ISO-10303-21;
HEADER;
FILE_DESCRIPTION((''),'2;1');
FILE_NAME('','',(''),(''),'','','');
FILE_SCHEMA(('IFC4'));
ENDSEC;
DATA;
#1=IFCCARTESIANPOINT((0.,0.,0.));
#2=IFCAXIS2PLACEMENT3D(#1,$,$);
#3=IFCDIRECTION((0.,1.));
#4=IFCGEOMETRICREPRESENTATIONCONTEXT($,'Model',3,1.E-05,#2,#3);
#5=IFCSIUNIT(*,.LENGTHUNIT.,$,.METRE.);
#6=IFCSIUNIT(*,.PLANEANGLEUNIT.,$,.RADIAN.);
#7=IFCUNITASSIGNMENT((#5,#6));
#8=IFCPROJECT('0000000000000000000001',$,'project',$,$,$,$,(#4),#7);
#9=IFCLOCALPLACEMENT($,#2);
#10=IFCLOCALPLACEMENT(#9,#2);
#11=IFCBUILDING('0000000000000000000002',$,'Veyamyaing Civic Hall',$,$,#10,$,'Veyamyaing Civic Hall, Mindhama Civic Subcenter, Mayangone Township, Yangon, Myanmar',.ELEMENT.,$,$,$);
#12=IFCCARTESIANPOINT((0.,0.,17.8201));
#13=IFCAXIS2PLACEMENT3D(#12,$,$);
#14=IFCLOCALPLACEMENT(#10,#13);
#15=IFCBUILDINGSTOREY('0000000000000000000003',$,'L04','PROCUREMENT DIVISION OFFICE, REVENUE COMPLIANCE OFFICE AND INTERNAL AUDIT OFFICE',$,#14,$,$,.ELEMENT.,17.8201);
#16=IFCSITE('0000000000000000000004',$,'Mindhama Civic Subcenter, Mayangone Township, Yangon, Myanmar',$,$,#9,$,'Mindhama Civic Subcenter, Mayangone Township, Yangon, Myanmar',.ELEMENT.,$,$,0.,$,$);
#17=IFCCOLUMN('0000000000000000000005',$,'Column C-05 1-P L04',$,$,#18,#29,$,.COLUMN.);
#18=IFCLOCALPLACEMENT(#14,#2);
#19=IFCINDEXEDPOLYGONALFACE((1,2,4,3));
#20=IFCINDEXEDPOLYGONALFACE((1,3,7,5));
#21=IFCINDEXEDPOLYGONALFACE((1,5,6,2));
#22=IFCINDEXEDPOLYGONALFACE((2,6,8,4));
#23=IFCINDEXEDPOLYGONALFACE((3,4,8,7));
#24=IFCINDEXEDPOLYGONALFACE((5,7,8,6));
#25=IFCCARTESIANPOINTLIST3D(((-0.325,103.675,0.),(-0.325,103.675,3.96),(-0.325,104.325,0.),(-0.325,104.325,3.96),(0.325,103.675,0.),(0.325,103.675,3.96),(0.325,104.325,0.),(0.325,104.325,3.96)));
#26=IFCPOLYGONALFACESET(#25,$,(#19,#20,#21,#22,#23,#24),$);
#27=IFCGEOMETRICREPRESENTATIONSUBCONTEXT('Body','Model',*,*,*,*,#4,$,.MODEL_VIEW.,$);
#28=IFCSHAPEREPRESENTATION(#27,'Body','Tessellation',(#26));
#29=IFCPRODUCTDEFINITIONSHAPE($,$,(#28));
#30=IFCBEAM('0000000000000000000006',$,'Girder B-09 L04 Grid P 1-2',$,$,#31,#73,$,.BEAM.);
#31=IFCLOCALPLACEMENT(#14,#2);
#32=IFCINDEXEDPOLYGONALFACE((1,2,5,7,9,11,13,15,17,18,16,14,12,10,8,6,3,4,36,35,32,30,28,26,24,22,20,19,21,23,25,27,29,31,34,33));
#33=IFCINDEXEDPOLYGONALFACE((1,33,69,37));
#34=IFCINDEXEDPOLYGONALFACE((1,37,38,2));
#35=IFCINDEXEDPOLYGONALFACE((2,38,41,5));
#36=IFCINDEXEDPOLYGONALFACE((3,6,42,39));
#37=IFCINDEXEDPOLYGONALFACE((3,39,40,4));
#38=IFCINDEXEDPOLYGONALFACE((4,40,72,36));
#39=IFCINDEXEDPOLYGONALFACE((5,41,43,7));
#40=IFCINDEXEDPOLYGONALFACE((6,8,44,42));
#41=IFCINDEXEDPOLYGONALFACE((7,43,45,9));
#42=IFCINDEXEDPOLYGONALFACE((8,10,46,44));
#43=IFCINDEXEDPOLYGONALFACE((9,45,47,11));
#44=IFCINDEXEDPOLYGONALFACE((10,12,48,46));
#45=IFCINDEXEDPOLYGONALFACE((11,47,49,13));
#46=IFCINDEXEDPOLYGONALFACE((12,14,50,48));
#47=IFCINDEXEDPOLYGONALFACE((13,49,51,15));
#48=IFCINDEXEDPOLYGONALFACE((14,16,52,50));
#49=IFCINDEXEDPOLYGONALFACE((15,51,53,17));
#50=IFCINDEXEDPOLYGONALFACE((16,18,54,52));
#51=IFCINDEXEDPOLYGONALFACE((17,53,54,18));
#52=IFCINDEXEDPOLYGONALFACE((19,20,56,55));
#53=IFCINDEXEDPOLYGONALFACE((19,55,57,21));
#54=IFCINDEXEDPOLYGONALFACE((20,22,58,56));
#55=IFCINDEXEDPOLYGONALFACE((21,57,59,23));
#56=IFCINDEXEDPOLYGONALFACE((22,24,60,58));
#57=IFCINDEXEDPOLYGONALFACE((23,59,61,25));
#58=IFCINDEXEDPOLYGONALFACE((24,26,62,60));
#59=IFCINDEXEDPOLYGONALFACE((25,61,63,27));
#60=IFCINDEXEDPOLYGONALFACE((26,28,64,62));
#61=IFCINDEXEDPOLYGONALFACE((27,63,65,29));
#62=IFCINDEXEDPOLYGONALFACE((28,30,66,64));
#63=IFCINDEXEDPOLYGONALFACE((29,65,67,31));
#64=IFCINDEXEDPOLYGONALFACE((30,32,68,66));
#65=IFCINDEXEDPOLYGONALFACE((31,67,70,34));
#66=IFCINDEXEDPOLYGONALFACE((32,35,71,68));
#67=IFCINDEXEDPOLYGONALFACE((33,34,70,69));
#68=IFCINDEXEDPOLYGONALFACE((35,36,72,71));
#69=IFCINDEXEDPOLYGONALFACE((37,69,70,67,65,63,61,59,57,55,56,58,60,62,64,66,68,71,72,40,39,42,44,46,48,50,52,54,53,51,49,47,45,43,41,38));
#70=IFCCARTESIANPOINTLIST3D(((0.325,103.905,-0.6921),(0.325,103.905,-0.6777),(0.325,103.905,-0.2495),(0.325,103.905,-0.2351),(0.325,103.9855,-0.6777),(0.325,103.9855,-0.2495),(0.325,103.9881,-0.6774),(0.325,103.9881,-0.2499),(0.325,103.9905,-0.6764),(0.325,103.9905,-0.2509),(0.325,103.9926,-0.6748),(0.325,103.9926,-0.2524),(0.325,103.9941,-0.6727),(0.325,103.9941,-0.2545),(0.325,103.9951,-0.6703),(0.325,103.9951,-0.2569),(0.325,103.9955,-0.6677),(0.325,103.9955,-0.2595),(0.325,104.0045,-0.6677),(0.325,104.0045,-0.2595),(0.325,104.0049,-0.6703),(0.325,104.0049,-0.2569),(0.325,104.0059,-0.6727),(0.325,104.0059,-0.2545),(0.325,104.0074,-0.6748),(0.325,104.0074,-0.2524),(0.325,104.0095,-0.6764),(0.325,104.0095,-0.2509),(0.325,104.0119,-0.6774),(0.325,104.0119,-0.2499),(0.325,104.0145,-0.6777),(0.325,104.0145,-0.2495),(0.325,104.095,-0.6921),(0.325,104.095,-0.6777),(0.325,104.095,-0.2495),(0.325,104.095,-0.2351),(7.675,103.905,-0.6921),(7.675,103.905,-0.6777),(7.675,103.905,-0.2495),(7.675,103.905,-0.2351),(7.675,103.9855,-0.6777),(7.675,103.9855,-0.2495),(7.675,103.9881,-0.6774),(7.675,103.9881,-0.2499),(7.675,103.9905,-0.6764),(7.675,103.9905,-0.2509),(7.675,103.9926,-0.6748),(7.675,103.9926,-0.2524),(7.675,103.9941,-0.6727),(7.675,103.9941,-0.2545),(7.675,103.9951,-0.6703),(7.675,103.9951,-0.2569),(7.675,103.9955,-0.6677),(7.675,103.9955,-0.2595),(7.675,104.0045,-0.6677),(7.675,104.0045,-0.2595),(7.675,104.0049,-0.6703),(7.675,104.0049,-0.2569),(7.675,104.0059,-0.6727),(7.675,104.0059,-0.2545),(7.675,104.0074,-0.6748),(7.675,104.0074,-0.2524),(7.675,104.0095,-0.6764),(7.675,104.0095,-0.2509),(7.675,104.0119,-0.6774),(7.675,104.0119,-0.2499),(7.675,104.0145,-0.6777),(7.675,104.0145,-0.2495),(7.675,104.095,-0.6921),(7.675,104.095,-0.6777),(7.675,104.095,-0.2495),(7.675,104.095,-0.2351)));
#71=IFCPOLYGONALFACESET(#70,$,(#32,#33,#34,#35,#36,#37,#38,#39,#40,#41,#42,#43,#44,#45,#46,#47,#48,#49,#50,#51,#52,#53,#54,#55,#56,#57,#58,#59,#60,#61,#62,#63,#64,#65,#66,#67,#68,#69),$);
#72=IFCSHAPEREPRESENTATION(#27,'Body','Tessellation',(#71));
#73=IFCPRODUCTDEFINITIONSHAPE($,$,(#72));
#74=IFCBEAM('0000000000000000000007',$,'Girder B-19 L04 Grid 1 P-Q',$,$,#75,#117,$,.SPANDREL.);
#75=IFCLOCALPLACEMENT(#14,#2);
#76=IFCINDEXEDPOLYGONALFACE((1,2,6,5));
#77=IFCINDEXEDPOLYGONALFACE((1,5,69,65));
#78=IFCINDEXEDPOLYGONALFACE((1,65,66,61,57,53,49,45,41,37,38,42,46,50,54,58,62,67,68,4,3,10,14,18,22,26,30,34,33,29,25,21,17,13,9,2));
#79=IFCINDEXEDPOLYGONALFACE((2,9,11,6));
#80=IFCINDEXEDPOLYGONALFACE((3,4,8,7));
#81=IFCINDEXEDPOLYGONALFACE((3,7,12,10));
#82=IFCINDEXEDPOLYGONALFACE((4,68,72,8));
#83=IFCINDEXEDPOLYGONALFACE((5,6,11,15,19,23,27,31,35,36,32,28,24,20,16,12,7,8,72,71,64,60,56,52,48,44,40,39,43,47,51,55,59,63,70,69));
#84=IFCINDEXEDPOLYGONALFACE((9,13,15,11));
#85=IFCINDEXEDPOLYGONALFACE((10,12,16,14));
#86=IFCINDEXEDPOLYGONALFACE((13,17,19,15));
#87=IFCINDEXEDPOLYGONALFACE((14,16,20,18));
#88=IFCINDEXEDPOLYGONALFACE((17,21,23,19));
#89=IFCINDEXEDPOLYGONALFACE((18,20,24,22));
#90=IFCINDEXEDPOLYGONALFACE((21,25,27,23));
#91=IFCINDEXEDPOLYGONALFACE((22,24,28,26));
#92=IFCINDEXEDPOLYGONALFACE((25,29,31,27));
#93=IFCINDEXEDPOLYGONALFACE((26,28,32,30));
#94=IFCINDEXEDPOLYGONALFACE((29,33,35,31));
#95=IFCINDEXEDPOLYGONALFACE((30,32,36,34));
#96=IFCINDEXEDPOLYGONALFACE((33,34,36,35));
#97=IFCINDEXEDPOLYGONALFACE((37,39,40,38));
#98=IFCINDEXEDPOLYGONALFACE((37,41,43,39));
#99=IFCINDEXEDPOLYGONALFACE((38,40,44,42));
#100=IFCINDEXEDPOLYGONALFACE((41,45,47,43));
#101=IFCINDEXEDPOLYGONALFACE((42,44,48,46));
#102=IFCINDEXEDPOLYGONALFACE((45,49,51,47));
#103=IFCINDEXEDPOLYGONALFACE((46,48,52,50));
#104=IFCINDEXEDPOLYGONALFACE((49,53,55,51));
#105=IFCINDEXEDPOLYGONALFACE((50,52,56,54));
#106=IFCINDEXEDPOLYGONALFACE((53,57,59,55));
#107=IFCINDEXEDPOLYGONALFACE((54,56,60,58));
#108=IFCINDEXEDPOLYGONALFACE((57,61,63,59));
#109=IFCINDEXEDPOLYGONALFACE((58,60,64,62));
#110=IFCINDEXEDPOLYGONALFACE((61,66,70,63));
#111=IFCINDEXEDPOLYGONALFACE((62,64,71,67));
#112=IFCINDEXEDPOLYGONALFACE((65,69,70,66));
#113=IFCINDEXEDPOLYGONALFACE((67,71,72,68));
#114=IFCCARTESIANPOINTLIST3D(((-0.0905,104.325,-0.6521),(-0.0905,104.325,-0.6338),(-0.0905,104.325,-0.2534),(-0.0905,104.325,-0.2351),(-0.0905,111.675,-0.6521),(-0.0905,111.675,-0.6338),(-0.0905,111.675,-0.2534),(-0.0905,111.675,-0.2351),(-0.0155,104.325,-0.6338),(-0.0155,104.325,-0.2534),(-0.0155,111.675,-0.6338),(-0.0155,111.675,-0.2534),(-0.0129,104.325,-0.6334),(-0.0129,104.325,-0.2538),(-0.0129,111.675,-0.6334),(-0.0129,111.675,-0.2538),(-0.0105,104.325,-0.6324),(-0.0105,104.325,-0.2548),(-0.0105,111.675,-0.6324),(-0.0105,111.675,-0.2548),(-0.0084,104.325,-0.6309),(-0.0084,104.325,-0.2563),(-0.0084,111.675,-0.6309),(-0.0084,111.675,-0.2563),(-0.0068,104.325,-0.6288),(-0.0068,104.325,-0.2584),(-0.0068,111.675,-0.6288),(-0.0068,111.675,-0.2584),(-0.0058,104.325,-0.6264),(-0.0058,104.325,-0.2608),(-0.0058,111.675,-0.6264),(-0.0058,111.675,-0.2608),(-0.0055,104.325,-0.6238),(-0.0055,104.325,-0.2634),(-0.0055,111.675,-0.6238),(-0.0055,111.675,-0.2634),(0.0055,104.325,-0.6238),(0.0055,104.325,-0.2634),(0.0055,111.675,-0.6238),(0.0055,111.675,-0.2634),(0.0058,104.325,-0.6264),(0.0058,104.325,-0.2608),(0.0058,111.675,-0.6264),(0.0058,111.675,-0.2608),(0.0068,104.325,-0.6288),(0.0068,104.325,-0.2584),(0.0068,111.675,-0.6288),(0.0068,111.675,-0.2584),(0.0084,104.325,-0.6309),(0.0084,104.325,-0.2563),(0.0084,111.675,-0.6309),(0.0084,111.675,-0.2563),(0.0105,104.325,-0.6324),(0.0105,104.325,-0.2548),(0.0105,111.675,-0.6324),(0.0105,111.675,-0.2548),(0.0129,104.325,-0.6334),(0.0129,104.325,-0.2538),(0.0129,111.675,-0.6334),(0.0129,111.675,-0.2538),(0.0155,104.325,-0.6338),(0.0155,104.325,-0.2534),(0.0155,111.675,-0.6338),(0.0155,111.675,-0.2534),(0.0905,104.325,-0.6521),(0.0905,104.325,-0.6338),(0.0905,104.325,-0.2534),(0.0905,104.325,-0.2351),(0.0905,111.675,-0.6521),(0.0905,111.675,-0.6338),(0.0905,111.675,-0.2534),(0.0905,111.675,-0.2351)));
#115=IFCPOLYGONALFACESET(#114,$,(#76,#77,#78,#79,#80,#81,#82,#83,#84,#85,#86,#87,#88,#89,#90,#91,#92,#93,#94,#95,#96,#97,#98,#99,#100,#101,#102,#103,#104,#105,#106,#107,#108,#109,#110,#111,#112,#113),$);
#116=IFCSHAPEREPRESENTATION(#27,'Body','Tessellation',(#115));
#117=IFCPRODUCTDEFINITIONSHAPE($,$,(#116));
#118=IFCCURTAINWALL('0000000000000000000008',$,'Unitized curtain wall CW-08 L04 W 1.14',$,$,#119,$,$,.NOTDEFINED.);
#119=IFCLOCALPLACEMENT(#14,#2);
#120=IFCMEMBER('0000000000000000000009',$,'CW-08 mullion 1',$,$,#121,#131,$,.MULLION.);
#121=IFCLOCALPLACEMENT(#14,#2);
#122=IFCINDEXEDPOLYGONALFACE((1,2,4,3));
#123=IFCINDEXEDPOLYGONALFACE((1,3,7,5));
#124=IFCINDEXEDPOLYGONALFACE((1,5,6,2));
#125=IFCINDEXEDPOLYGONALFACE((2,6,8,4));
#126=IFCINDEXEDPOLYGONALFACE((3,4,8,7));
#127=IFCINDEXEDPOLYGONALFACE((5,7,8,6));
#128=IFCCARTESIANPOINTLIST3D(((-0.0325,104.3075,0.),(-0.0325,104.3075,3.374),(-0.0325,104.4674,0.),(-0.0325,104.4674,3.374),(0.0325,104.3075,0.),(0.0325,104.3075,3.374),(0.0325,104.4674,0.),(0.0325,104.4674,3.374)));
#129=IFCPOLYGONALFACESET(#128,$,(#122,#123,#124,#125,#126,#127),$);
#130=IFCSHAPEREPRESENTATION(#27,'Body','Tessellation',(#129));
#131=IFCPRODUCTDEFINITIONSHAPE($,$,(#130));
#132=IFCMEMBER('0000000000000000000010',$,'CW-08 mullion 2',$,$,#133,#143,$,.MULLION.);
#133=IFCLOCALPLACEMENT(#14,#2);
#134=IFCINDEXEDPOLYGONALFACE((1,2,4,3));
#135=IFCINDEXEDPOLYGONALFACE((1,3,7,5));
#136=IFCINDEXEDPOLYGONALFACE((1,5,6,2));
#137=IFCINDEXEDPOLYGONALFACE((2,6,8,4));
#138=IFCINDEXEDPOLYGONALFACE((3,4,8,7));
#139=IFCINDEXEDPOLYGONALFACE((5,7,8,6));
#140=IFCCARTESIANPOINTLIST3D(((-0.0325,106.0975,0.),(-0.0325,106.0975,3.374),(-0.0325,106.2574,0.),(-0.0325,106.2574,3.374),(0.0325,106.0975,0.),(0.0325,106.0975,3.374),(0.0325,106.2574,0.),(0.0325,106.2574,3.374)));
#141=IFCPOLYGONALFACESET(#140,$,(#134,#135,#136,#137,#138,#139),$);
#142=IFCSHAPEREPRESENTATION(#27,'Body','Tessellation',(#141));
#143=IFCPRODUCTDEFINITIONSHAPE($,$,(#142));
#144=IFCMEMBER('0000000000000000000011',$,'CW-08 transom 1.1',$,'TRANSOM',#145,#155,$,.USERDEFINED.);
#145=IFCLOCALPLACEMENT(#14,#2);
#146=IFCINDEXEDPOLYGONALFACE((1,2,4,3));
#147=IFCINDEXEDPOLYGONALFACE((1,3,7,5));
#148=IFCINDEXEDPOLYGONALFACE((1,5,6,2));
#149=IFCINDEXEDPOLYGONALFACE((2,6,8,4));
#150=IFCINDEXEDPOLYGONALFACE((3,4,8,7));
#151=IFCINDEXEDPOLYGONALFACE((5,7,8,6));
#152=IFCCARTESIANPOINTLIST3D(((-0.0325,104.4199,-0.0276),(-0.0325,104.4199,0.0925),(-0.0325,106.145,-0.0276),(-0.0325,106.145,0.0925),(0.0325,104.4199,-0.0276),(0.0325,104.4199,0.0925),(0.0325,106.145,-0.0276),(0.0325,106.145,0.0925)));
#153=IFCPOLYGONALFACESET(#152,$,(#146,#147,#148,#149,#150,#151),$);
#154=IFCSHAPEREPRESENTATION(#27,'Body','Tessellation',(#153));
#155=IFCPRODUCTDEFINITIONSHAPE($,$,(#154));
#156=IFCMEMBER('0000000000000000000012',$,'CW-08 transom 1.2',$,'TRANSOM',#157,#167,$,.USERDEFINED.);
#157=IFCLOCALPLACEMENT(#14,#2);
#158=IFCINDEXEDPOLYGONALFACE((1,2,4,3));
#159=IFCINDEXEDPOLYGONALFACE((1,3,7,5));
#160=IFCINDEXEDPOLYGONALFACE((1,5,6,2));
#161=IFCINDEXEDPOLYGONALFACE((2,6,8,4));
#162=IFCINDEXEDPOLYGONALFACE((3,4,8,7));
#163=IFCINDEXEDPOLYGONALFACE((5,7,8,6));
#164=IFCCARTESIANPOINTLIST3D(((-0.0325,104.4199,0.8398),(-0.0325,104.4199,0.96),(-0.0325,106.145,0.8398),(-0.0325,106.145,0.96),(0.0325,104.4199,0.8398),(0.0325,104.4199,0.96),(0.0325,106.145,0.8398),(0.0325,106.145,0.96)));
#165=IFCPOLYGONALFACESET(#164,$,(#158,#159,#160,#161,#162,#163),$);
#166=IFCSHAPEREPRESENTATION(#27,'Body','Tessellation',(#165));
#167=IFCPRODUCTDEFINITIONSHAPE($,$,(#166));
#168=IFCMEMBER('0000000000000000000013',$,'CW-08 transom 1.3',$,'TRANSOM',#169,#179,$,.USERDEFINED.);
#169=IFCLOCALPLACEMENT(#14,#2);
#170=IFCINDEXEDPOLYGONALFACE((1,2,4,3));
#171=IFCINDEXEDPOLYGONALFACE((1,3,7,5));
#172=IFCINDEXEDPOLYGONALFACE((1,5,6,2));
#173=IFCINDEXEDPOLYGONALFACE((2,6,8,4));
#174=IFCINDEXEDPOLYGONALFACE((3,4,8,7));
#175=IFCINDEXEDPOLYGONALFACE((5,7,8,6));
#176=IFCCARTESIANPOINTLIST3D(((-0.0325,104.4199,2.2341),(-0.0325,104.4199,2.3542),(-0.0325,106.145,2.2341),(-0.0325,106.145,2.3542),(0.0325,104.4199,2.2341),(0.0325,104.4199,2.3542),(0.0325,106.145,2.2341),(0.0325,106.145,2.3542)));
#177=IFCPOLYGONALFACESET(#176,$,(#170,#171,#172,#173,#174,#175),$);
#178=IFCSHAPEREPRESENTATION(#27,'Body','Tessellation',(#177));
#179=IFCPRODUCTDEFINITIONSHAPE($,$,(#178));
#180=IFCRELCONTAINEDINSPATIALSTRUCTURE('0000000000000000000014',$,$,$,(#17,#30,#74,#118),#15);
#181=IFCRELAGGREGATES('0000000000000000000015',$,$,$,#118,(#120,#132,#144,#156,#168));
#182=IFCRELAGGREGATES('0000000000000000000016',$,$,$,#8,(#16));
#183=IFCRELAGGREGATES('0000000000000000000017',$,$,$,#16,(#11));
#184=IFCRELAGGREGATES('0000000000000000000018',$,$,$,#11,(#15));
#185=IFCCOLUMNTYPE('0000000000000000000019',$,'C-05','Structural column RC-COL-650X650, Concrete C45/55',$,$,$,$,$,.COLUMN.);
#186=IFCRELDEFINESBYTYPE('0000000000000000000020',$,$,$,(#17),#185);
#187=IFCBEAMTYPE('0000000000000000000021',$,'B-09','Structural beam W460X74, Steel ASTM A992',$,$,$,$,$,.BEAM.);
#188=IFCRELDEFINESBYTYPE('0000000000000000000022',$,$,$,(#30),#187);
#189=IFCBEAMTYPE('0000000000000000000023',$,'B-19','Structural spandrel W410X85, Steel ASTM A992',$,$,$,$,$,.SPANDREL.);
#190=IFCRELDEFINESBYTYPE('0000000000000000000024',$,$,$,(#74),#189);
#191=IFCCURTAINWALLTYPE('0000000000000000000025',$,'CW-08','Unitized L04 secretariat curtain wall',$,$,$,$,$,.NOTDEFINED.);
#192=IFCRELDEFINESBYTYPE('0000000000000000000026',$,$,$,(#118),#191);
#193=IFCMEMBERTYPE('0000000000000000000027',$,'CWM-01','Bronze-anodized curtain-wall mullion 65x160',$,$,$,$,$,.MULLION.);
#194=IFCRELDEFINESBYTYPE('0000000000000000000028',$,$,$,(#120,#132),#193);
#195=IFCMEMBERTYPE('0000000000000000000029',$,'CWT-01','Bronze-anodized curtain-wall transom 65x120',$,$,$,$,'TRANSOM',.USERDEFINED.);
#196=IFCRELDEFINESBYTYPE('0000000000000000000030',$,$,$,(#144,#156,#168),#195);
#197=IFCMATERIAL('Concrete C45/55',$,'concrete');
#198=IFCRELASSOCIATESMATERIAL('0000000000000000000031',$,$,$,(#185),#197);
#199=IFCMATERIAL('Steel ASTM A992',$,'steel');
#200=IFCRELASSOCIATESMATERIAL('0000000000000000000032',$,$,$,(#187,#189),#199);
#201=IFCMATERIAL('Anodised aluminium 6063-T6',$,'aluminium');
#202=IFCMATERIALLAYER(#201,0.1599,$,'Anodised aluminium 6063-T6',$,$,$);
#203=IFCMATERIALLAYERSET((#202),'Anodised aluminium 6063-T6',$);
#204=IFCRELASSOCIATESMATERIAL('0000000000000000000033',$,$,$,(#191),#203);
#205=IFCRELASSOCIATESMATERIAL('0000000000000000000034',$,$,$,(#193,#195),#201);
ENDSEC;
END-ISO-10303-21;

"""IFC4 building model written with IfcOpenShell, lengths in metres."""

from ifc_helpers import new_model, si_unit, direction, frame, origin, origin_2d, place, context, subcontext, project, spatial, rectangle, i_section, extrude, material, layer, layer_set, material_profile, profile_set, type_object, element, aggregate, save


model = new_model("IFC4")

# Units and contexts
model_context = context("Model", 3, precision=1e-05, world=origin(), true_north=direction((0.0, 1.0)))
body_context = subcontext(model_context, "Body", "Model", "MODEL_VIEW")
ifc_project = project(units=[si_unit("LENGTHUNIT", "METRE"), si_unit("PLANEANGLEUNIT", "RADIAN")], contexts=[model_context])

# Site, building, storey
site_placement = place(None, origin())
site = spatial("IfcSite", under=ifc_project, at=site_placement, Name="Mindhama Civic Subcenter, Mayangone Township, Yangon, Myanmar", LongName="Mindhama Civic Subcenter, Mayangone Township, Yangon, Myanmar", CompositionType="ELEMENT", RefElevation=0.0)
building_placement = place(site_placement, origin())
building = spatial("IfcBuilding", under=site, at=building_placement, Name="Veyamyaing Civic Hall", LongName="Veyamyaing Civic Hall, Mindhama Civic Subcenter, Mayangone Township, Yangon, Myanmar", CompositionType="ELEMENT")
storey_placement = place(building_placement, frame((0.0, 0.0, 17.8201)))
storey = spatial("IfcBuildingStorey", under=building, at=storey_placement, Name="L04", Description="PROCUREMENT DIVISION OFFICE, REVENUE COMPLIANCE OFFICE AND INTERNAL AUDIT OFFICE", CompositionType="ELEMENT", Elevation=17.8201)

# Column
ifc_material_1 = material(Name="Concrete C45/55", Category="concrete")
ifc_material_profile_1 = material_profile(ifc_material_1, rectangle(XDim=0.6499, YDim=0.6499, at=origin_2d()), Name="RC-COL-650X650")
ifc_profile_set_1 = profile_set([ifc_material_profile_1], Name="Concrete C45/55")
column_type = type_object("IfcColumnType", Name="C-05", Description="Structural column RC-COL-650X650, Concrete C45/55", PredefinedType="COLUMN", material=ifc_profile_set_1)
column_placement = place(storey_placement, frame((0.0, 104.0, 0.0), z_axis=(0.0, 0.0, 1.0), x_axis=(1.0, 0.0, 0.0)))
element("IfcColumn", 1, at=column_placement, inside=storey, type_object=column_type, Name="Column C-05 1-P L04", PredefinedType="COLUMN", context=body_context, shape_type="SweptSolid", body=[
    extrude(rectangle(XDim=0.6499, YDim=0.6499, at=origin_2d()), origin(), (0.0, 0.0, 1.0), 3.96),
])

# Beams
ifc_material_2 = material(Name="Steel ASTM A992", Category="steel")
ifc_material_profile_2 = material_profile(ifc_material_2, i_section(OverallWidth=0.1899, OverallDepth=0.457, WebThickness=0.009, FlangeThickness=0.0144, FilletRadius=0.01, at=origin_2d()), Name="W460X74")
ifc_profile_set_2 = profile_set([ifc_material_profile_2], Name="Steel ASTM A992")
beam_type_1 = type_object("IfcBeamType", Name="B-09", Description="Structural beam W460X74, Steel ASTM A992", PredefinedType="BEAM", material=ifc_profile_set_2)
beam_1_placement = place(storey_placement, frame((0.325, 104.0, -0.4636), z_axis=(1.0, 0.0, 0.0), x_axis=(0.0, 1.0, 0.0)))
element("IfcBeam", 2, at=beam_1_placement, inside=storey, type_object=beam_type_1, Name="Girder B-09 L04 Grid P 1-2", PredefinedType="BEAM", context=body_context, shape_type="SweptSolid", body=[
    extrude(i_section(OverallWidth=0.1899, OverallDepth=0.457, WebThickness=0.009, FlangeThickness=0.0144, FilletRadius=0.01, at=origin_2d()), origin(), (0.0, 0.0, 1.0), 7.3501),
])
ifc_material_profile_3 = material_profile(ifc_material_2, i_section(OverallWidth=0.1809, OverallDepth=0.417, WebThickness=0.011, FlangeThickness=0.0183, FilletRadius=0.01, at=origin_2d()), Name="W410X85")
ifc_profile_set_3 = profile_set([ifc_material_profile_3], Name="Steel ASTM A992")
beam_type_2 = type_object("IfcBeamType", Name="B-19", Description="Structural spandrel W410X85, Steel ASTM A992", PredefinedType="SPANDREL", material=ifc_profile_set_3)
beam_2_placement = place(storey_placement, frame((0.0, 104.325, -0.4436), z_axis=(0.0, 1.0, 0.0), x_axis=(-1.0, 0.0, 0.0)))
element("IfcBeam", 3, at=beam_2_placement, inside=storey, type_object=beam_type_2, Name="Girder B-19 L04 Grid 1 P-Q", PredefinedType="SPANDREL", context=body_context, shape_type="SweptSolid", body=[
    extrude(i_section(OverallWidth=0.1809, OverallDepth=0.417, WebThickness=0.011, FlangeThickness=0.0183, FilletRadius=0.01, at=origin_2d()), origin(), (0.0, 0.0, 1.0), 7.3501),
])

# Curtain wall, members
ifc_material_3 = material(Name="Anodised aluminium 6063-T6", Category="aluminium")
ifc_layer_1 = layer(ifc_material_3, 0.1599, Name="Anodised aluminium 6063-T6")
ifc_layer_set_1 = layer_set([ifc_layer_1], Name="Anodised aluminium 6063-T6")
curtain_wall_type = type_object("IfcCurtainWallType", Name="CW-08", Description="Unitized L04 secretariat curtain wall", PredefinedType="NOTDEFINED", material=ifc_layer_set_1)
curtain_wall_placement = place(storey_placement, origin())
curtain_wall = element("IfcCurtainWall", 4, at=curtain_wall_placement, inside=storey, type_object=curtain_wall_type, Name="Unitized curtain wall CW-08 L04 W 1.14", PredefinedType="NOTDEFINED")
ifc_material_profile_4 = material_profile(ifc_material_3, rectangle(XDim=0.0649, YDim=0.1599, at=origin_2d()), Name="ALU-MUL-65X160")
ifc_profile_set_4 = profile_set([ifc_material_profile_4], Name="Anodised aluminium 6063-T6")
member_type_1 = type_object("IfcMemberType", Name="CWM-01", Description="Bronze-anodized curtain-wall mullion 65x160", PredefinedType="MULLION", material=ifc_profile_set_4)
member_1_placement = place(storey_placement, frame((0.0, 104.3875, 0.0), z_axis=(0.0, 0.0, 1.0), x_axis=(-1.0, 0.0, 0.0)))
member_1 = element("IfcMember", 5, at=member_1_placement, type_object=member_type_1, Name="CW-08 mullion 1", PredefinedType="MULLION", context=body_context, shape_type="SweptSolid", body=[
    extrude(rectangle(XDim=0.0649, YDim=0.1599, at=origin_2d()), origin(), (0.0, 0.0, 1.0), 3.374),
])
member_2_placement = place(storey_placement, frame((0.0, 106.1775, 0.0), z_axis=(0.0, 0.0, 1.0), x_axis=(-1.0, 0.0, 0.0)))
member_2 = element("IfcMember", 6, at=member_2_placement, type_object=member_type_1, Name="CW-08 mullion 2", PredefinedType="MULLION", context=body_context, shape_type="SweptSolid", body=[
    extrude(rectangle(XDim=0.0649, YDim=0.1599, at=origin_2d()), origin(), (0.0, 0.0, 1.0), 3.374),
])
ifc_material_profile_5 = material_profile(ifc_material_3, rectangle(XDim=0.0649, YDim=0.1201, at=origin_2d()), Name="ALU-TRN-65X120")
ifc_profile_set_5 = profile_set([ifc_material_profile_5], Name="Anodised aluminium 6063-T6")
member_type_2 = type_object("IfcMemberType", Name="CWT-01", Description="Bronze-anodized curtain-wall transom 65x120", ElementType="TRANSOM", PredefinedType="USERDEFINED", material=ifc_profile_set_5)
member_3_placement = place(storey_placement, frame((0.0, 104.4199, 0.0325), z_axis=(0.0, 1.0, 0.0), x_axis=(-1.0, 0.0, 0.0)))
member_3 = element("IfcMember", 7, at=member_3_placement, type_object=member_type_2, Name="CW-08 transom 1.1", ObjectType="TRANSOM", PredefinedType="USERDEFINED", context=body_context, shape_type="SweptSolid", body=[
    extrude(rectangle(XDim=0.0649, YDim=0.1201, at=origin_2d()), origin(), (0.0, 0.0, 1.0), 1.7251),
])
member_4_placement = place(storey_placement, frame((0.0, 104.4199, 0.8999), z_axis=(0.0, 1.0, 0.0), x_axis=(-1.0, 0.0, 0.0)))
member_4 = element("IfcMember", 8, at=member_4_placement, type_object=member_type_2, Name="CW-08 transom 1.2", ObjectType="TRANSOM", PredefinedType="USERDEFINED", context=body_context, shape_type="SweptSolid", body=[
    extrude(rectangle(XDim=0.0649, YDim=0.1201, at=origin_2d()), origin(), (0.0, 0.0, 1.0), 1.7251),
])
member_5_placement = place(storey_placement, frame((0.0, 104.4199, 2.2942), z_axis=(0.0, 1.0, 0.0), x_axis=(-1.0, 0.0, 0.0)))
member_5 = element("IfcMember", 9, at=member_5_placement, type_object=member_type_2, Name="CW-08 transom 1.3", ObjectType="TRANSOM", PredefinedType="USERDEFINED", context=body_context, shape_type="SweptSolid", body=[
    extrude(rectangle(XDim=0.0649, YDim=0.1201, at=origin_2d()), origin(), (0.0, 0.0, 1.0), 1.7251),
])

aggregate(curtain_wall, [member_1, member_2, member_3, member_4, member_5])

save(model, "model.ifc")
